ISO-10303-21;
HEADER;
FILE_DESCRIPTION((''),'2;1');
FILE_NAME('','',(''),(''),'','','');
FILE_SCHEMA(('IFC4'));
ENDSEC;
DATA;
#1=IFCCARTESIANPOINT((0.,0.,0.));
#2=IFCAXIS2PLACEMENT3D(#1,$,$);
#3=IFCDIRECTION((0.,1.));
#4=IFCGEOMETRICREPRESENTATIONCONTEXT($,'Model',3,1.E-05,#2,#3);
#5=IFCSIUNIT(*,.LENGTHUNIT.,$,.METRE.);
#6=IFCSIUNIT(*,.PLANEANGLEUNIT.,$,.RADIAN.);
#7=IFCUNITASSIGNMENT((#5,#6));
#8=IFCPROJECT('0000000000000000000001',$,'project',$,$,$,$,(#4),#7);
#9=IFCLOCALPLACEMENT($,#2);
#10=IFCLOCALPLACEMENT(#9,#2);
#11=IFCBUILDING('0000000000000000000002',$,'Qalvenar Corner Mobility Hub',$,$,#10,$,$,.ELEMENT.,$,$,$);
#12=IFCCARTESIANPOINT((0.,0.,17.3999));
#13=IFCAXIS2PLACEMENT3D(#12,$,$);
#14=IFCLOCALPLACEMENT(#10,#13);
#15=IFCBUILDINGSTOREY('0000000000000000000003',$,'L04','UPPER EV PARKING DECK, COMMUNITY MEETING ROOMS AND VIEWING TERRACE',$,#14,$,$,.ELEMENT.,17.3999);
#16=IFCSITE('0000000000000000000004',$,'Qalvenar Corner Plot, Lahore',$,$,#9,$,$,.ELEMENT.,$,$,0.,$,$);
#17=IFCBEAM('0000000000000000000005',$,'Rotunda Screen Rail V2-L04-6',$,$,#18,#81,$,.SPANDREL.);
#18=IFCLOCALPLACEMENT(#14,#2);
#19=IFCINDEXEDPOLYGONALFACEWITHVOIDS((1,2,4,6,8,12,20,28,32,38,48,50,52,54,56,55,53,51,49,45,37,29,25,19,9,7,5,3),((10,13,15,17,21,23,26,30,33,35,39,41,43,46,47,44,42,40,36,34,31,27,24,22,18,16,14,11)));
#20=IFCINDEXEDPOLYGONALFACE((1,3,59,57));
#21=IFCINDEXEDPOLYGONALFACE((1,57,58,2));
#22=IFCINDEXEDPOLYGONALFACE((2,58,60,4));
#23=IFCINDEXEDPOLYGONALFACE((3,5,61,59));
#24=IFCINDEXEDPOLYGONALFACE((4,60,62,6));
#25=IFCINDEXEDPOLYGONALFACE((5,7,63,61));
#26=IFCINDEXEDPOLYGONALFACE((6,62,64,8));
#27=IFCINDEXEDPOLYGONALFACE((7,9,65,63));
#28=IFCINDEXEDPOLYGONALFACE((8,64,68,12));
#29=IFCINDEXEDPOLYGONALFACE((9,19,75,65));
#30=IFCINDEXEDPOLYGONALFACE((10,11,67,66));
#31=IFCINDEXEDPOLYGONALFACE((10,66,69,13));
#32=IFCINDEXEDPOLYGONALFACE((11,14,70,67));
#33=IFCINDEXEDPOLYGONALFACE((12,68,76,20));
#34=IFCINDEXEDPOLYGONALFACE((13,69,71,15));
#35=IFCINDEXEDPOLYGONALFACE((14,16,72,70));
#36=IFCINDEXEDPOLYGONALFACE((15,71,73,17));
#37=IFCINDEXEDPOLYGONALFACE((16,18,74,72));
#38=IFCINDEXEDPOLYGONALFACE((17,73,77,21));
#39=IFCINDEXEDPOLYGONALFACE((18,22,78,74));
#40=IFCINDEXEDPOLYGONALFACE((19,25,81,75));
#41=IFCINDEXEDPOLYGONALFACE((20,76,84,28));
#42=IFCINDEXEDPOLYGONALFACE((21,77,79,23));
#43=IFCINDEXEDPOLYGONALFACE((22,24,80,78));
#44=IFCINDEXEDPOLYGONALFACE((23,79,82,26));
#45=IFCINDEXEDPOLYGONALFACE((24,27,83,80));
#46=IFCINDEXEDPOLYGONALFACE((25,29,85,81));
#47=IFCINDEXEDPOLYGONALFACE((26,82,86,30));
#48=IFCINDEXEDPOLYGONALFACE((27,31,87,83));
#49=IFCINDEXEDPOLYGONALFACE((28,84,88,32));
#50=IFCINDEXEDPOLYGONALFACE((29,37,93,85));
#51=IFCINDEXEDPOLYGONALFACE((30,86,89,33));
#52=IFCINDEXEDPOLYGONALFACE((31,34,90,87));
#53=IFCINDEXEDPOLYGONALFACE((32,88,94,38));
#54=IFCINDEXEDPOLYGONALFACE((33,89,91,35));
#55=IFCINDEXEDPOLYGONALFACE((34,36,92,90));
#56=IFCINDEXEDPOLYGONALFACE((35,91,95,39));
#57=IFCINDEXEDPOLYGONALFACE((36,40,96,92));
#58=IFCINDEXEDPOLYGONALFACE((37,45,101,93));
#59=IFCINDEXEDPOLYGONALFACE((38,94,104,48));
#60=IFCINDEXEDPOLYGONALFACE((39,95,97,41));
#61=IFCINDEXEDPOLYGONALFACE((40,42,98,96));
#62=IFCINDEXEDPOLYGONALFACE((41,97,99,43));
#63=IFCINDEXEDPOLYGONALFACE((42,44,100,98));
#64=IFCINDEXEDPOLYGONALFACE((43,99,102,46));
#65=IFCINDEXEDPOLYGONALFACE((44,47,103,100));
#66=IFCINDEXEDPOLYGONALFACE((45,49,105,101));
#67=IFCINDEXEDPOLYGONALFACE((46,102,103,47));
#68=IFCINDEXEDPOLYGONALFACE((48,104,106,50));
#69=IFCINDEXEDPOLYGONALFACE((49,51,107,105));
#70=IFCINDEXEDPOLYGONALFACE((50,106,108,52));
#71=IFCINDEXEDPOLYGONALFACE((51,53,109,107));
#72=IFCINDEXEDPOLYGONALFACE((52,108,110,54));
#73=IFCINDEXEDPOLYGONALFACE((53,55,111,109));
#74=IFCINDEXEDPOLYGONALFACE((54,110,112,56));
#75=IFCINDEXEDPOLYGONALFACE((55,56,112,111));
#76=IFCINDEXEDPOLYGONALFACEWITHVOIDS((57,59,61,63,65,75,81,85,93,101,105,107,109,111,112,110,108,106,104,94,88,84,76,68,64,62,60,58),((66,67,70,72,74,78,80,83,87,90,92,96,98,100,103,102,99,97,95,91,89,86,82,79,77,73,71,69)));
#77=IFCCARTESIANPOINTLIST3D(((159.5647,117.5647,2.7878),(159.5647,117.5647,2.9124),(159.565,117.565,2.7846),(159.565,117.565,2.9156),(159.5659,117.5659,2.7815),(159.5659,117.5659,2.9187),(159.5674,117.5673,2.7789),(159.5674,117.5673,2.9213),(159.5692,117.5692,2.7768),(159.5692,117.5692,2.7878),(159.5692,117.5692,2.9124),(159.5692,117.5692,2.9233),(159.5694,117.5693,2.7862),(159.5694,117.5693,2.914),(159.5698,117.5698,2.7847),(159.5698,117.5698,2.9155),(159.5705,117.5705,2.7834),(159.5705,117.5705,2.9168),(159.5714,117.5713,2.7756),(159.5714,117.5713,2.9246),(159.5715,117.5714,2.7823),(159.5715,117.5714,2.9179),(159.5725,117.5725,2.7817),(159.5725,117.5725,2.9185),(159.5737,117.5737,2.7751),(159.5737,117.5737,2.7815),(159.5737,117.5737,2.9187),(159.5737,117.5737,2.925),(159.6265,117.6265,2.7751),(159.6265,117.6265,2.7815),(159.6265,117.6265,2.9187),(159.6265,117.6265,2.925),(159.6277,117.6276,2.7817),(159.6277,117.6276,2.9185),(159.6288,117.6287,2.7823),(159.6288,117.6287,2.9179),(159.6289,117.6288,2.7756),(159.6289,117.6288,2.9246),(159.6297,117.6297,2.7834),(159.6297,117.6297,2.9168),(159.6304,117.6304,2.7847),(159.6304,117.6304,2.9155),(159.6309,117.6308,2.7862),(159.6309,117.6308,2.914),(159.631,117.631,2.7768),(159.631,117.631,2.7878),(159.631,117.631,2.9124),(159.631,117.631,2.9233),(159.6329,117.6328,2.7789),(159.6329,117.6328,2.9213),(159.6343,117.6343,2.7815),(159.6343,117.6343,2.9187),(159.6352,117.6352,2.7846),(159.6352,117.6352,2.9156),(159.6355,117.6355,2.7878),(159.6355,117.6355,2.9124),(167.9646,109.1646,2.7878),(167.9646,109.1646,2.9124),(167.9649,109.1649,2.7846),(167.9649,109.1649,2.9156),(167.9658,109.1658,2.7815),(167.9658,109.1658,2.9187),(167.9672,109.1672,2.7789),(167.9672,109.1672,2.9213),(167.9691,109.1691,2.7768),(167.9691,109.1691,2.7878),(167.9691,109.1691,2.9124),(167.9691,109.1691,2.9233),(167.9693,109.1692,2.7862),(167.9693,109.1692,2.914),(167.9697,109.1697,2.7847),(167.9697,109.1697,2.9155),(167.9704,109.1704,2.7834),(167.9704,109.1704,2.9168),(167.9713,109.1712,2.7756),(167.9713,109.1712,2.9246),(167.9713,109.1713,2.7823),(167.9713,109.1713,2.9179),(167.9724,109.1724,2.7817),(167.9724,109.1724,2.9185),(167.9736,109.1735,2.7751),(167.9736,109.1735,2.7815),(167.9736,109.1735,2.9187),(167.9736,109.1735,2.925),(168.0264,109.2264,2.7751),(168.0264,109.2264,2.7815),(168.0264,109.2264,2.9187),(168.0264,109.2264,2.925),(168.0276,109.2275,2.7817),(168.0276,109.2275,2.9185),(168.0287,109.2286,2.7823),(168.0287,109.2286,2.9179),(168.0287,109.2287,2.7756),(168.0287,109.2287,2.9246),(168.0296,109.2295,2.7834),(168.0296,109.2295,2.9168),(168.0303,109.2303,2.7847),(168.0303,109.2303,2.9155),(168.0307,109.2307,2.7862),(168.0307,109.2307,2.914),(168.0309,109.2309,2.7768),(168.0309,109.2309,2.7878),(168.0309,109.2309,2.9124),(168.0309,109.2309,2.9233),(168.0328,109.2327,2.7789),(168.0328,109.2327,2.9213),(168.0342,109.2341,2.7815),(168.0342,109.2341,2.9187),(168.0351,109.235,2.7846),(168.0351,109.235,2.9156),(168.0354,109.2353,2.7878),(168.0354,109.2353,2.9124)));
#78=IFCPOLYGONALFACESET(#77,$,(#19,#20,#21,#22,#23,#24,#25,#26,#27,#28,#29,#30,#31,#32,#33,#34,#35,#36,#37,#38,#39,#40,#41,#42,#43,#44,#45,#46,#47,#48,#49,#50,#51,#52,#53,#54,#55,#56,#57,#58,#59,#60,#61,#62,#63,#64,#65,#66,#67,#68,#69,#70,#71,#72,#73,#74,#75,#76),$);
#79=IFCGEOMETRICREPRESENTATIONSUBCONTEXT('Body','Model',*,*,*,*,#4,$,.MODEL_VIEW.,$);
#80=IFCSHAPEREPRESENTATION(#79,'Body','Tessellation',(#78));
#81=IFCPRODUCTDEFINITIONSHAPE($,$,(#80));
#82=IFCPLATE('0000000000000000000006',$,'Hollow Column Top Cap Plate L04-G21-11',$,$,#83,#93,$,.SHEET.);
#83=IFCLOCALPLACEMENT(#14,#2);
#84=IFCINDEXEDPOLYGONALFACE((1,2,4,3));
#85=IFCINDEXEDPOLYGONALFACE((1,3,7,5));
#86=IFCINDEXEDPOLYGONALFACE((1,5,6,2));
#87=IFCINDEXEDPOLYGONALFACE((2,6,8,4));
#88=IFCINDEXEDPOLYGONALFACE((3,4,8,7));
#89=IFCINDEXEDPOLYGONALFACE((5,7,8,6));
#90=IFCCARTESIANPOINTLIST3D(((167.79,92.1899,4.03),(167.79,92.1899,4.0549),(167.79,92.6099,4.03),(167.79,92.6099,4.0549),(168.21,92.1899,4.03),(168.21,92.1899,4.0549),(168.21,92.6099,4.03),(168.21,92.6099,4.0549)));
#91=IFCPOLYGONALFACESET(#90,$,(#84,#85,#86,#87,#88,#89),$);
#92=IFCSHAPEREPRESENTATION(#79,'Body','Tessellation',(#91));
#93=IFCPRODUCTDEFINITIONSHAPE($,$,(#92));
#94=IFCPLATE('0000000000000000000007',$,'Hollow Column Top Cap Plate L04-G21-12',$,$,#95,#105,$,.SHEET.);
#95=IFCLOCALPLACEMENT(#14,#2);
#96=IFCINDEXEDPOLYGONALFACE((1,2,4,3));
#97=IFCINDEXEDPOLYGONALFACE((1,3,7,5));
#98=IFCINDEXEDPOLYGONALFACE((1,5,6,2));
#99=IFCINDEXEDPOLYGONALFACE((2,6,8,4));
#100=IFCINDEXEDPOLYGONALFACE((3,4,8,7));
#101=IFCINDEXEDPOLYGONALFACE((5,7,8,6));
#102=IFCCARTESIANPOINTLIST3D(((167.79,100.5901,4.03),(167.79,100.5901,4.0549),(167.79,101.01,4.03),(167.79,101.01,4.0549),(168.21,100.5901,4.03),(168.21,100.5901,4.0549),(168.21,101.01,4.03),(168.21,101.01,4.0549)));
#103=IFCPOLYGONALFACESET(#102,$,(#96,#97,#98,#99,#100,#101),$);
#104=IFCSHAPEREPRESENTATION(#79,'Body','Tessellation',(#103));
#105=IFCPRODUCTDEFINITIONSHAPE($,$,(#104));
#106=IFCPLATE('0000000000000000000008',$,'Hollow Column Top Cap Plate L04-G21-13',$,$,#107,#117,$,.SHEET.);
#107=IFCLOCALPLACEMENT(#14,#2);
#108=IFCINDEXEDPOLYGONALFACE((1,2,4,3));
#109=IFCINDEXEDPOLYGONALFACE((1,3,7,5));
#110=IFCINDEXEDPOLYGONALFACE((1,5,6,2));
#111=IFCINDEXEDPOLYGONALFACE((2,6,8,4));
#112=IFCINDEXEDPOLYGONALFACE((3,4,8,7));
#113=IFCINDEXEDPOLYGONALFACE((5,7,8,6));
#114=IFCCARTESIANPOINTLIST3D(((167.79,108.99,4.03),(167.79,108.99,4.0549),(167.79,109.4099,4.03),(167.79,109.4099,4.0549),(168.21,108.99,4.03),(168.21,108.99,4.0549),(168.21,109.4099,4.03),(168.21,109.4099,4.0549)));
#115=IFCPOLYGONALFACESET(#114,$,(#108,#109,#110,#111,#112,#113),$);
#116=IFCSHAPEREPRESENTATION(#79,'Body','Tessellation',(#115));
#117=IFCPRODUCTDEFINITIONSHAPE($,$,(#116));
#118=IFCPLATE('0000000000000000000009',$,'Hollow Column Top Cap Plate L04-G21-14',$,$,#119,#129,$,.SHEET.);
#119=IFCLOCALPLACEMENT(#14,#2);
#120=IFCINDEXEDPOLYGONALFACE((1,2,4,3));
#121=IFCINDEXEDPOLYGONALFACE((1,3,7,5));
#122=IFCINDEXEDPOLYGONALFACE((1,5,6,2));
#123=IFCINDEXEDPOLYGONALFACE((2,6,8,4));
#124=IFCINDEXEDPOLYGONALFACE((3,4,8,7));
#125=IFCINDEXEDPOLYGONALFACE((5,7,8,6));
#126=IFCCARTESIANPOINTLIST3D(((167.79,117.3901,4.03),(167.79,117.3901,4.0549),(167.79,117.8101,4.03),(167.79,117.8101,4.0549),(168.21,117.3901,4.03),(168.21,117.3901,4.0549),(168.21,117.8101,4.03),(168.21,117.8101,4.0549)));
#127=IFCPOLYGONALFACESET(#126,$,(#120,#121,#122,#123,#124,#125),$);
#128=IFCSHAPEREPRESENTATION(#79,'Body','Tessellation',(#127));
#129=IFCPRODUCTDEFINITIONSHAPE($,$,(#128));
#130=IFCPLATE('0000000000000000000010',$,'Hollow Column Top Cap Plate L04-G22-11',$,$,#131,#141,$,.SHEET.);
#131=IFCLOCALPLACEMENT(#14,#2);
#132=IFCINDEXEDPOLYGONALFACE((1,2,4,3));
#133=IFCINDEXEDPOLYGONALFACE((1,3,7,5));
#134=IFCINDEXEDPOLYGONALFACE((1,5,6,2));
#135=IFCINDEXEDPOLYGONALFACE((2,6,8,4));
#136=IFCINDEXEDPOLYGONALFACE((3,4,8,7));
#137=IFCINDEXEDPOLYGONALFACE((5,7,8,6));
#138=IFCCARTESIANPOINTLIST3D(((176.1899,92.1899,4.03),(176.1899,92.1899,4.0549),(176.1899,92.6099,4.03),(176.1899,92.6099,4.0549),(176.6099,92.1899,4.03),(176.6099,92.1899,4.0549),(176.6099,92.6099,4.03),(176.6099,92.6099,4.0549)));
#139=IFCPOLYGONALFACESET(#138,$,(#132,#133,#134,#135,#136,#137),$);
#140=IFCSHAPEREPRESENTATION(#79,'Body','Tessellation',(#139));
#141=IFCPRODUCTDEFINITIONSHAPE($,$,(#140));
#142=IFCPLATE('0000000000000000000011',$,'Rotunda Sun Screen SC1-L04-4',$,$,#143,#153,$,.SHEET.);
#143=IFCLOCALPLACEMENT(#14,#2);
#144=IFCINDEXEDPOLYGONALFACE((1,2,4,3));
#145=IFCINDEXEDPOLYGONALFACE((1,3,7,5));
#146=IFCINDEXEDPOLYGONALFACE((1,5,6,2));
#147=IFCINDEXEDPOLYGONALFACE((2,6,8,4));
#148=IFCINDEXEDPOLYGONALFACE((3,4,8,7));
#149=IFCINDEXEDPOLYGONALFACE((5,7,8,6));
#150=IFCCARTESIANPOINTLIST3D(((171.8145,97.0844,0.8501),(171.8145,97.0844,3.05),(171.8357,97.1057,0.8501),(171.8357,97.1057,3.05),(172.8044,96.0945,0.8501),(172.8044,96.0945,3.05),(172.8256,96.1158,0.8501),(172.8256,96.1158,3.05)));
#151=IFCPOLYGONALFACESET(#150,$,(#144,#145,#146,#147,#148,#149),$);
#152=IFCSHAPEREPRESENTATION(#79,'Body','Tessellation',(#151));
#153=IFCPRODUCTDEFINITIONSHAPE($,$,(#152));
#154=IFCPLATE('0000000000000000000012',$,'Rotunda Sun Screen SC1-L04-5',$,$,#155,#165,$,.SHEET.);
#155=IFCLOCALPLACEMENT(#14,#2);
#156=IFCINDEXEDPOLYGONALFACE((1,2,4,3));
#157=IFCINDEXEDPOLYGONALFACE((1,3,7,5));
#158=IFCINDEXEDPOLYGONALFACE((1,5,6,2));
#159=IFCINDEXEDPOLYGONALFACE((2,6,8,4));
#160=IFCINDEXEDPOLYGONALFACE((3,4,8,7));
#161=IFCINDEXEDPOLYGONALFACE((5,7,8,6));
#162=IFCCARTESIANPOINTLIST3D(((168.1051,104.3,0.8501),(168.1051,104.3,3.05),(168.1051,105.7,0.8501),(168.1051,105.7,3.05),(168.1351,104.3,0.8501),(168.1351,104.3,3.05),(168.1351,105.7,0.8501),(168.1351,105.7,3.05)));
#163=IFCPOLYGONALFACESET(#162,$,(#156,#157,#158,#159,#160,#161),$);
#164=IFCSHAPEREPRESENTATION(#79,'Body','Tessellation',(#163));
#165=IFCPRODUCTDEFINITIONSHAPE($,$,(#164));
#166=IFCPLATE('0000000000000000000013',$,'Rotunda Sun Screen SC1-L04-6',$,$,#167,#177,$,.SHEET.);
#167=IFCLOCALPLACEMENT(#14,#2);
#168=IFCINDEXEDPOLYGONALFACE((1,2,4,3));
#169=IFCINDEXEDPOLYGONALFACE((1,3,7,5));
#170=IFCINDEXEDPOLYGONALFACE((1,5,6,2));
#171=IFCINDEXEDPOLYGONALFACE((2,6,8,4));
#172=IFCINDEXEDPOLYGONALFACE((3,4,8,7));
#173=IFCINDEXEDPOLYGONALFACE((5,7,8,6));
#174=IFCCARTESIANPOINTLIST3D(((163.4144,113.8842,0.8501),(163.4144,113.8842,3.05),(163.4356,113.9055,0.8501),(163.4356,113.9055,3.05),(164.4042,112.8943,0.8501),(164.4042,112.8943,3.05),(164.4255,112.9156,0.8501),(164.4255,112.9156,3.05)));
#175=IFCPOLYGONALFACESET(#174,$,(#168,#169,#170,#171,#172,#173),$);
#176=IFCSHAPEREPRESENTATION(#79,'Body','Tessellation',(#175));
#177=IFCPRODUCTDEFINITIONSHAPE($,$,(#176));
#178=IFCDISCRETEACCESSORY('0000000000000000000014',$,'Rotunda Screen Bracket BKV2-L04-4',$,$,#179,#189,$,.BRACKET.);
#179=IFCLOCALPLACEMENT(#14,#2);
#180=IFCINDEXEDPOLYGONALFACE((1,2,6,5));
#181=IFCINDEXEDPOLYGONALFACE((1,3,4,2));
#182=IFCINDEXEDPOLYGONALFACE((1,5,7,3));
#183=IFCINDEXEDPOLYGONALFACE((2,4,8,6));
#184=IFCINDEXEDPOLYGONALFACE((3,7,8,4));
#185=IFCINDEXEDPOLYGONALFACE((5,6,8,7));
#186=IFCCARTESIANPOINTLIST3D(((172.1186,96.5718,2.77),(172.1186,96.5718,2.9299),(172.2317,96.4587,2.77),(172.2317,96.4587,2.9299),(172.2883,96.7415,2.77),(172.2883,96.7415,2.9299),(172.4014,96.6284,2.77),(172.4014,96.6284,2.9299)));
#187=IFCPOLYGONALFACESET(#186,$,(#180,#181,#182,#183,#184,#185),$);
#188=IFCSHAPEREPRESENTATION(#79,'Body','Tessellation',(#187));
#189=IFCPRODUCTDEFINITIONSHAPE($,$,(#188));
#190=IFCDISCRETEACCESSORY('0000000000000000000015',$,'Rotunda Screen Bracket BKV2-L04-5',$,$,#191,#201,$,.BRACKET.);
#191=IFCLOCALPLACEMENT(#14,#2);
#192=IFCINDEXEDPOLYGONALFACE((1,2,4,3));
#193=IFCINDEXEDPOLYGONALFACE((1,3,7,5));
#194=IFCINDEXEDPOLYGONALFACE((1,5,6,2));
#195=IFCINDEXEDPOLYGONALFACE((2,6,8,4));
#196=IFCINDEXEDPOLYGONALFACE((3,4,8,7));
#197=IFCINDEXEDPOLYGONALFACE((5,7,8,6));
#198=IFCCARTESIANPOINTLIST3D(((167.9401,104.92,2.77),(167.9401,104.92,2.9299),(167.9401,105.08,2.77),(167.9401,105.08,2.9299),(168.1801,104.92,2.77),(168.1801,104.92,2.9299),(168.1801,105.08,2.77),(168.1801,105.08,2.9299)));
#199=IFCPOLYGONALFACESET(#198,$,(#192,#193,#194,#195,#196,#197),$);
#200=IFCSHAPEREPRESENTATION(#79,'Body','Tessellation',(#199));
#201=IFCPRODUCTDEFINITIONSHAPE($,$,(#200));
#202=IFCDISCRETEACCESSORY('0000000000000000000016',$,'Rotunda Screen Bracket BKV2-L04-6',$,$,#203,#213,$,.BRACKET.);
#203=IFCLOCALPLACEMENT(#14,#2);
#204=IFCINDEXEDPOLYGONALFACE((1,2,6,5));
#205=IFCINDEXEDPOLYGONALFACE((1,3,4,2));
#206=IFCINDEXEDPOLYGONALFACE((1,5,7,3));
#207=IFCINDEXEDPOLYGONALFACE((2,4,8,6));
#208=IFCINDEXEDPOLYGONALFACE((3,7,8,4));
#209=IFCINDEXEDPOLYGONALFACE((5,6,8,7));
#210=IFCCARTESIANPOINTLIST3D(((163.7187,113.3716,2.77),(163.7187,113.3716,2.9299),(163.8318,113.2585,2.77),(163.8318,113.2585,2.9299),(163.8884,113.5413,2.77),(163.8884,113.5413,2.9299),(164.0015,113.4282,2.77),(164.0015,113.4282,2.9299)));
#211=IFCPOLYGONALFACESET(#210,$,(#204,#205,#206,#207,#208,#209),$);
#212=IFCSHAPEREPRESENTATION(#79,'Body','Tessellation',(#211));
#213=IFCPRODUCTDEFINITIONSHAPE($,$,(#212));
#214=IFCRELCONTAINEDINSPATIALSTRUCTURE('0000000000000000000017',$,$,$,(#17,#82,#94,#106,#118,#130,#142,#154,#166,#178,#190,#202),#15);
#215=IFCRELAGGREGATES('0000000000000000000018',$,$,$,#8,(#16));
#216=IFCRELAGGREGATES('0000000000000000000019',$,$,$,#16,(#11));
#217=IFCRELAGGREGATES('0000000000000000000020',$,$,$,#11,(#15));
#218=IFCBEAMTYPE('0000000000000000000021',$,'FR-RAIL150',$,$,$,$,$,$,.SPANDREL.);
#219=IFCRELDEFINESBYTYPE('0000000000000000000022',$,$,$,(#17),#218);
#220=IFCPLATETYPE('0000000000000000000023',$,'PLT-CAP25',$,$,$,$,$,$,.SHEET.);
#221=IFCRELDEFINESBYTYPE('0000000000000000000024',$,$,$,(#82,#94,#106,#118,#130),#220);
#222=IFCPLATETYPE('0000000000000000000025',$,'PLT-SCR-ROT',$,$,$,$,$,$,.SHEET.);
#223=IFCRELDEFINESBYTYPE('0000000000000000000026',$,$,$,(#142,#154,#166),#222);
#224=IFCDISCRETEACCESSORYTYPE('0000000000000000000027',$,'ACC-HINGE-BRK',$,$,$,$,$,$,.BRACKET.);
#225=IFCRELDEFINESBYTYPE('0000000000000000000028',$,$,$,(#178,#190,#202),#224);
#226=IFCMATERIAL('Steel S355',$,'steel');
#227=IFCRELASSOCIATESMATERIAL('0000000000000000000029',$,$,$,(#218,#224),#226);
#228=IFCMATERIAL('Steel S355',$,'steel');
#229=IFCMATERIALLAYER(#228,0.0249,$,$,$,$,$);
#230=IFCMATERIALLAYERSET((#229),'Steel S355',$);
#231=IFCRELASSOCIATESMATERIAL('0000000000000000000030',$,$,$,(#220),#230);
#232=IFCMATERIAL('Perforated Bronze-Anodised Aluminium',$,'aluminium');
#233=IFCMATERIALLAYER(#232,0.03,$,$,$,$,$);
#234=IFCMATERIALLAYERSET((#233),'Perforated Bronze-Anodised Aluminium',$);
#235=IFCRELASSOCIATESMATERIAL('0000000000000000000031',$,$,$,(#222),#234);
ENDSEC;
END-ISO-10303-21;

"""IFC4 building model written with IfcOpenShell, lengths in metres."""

from ifc_helpers import new_model, si_unit, direction, frame, origin, origin_2d, place, context, subcontext, project, spatial, rectangle, hollow_rectangle, extrude, material, layer, layer_set, material_profile, profile_set, type_object, element, save


model = new_model("IFC4")

# Units and contexts
model_context = context("Model", 3, precision=1e-05, world=origin(), true_north=direction((0.0, 1.0)))
body_context = subcontext(model_context, "Body", "Model", "MODEL_VIEW")
ifc_project = project(units=[si_unit("LENGTHUNIT", "METRE"), si_unit("PLANEANGLEUNIT", "RADIAN")], contexts=[model_context])

# Site, building, storey
site_placement = place(None, origin())
site = spatial("IfcSite", under=ifc_project, at=site_placement, Name="Qalvenar Corner Plot, Lahore", CompositionType="ELEMENT", RefElevation=0.0)
building_placement = place(site_placement, origin())
building = spatial("IfcBuilding", under=site, at=building_placement, Name="Qalvenar Corner Mobility Hub", CompositionType="ELEMENT")
storey_placement = place(building_placement, frame((0.0, 0.0, 17.3999)))
storey = spatial("IfcBuildingStorey", under=building, at=storey_placement, Name="L04", Description="UPPER EV PARKING DECK, COMMUNITY MEETING ROOMS AND VIEWING TERRACE", CompositionType="ELEMENT", Elevation=17.3999)

# Shared definitions
ifc_material_1 = material(Name="Steel S355", Category="steel")

# Beam
ifc_material_profile_1 = material_profile(ifc_material_1, hollow_rectangle(XDim=0.1001, YDim=0.1499, WallThickness=0.0063, InnerFilletRadius=0.0063, OuterFilletRadius=0.0127, at=origin_2d()), Name="RHS150x100x6.3")
ifc_profile_set_1 = profile_set([ifc_material_profile_1], Name="Steel S355")
beam_type_1 = type_object("IfcBeamType", Name="FR-RAIL150", PredefinedType="SPANDREL", material=ifc_profile_set_1)
beam_1_placement = place(storey_placement, frame((168.0, 109.2, 2.8501), z_axis=(-0.707097, 0.707117, 0.0), x_axis=(-0.707117, -0.707097, 0.0)))
element("IfcBeam", 1, at=beam_1_placement, inside=storey, type_object=beam_type_1, Name="Rotunda Screen Rail V2-L04-6", PredefinedType="SPANDREL", context=body_context, shape_type="SweptSolid", body=[
    extrude(hollow_rectangle(XDim=0.1001, YDim=0.1499, WallThickness=0.0063, InnerFilletRadius=0.0063, OuterFilletRadius=0.0127, at=origin_2d()), origin(), (0.0, 0.0, 1.0), 11.8794),
])

# Plates
ifc_material_2 = material(Name="Steel S355", Category="steel")
ifc_layer_1 = layer(ifc_material_2, 0.0249)
ifc_layer_set_1 = layer_set([ifc_layer_1], Name="Steel S355")
plate_type_1 = type_object("IfcPlateType", Name="PLT-CAP25", PredefinedType="SHEET", material=ifc_layer_set_1)
for number, where, z_axis, x_axis, name in (
    (2, (168.0, 92.3999, 4.03), (0.0, 0.0, 1.0), (1.0, 0.0, 0.0), "Hollow Column Top Cap Plate L04-G21-11"),
    (3, (168.0, 100.8, 4.03), (0.0, 0.0, 1.0), (1.0, 0.0, 0.0), "Hollow Column Top Cap Plate L04-G21-12"),
    (4, (168.0, 109.2, 4.03), (0.0, 0.0, 1.0), (1.0, 0.0, 0.0), "Hollow Column Top Cap Plate L04-G21-13"),
    (5, (168.0, 117.6001, 4.03), (0.0, 0.0, 1.0), (1.0, 0.0, 0.0), "Hollow Column Top Cap Plate L04-G21-14"),
    (6, (176.3999, 92.3999, 4.03), (0.0, 0.0, 1.0), (1.0, 0.0, 0.0), "Hollow Column Top Cap Plate L04-G22-11"),
):
    element("IfcPlate", number, at=place(storey_placement, frame(where, z_axis=z_axis, x_axis=x_axis)), inside=storey, type_object=plate_type_1, Name=name, PredefinedType="SHEET", context=body_context, shape_type="SweptSolid", body=[
        extrude(rectangle(XDim=0.4199, YDim=0.4199, at=origin_2d()), origin(), (0.0, 0.0, 1.0), 0.0249),
    ])
ifc_material_3 = material(Name="Perforated Bronze-Anodised Aluminium", Category="aluminium")
ifc_layer_2 = layer(ifc_material_3, 0.03)
ifc_layer_set_2 = layer_set([ifc_layer_2], Name="Perforated Bronze-Anodised Aluminium")
plate_type_2 = type_object("IfcPlateType", Name="PLT-SCR-ROT", PredefinedType="SHEET", material=ifc_layer_set_2)
for number, where, z_axis, x_axis, name in (
    (7, (172.3201, 96.6001, 0.8501), (0.0, 0.0, 1.0), (-0.707107, 0.707107, 0.0), "Rotunda Sun Screen SC1-L04-4"),
    (8, (168.1201, 105.0, 0.8501), (0.0, 0.0, 1.0), (0.0, 1.0, 0.0), "Rotunda Sun Screen SC1-L04-5"),
    (9, (163.9199, 113.3999, 0.8501), (0.0, 0.0, 1.0), (-0.707107, 0.707107, 0.0), "Rotunda Sun Screen SC1-L04-6"),
):
    element("IfcPlate", number, at=place(storey_placement, frame(where, z_axis=z_axis, x_axis=x_axis)), inside=storey, type_object=plate_type_2, Name=name, PredefinedType="SHEET", context=body_context, shape_type="SweptSolid", body=[
        extrude(rectangle(XDim=1.3999, YDim=0.03, at=origin_2d()), origin(), (0.0, 0.0, 1.0), 2.2),
    ])

# Discrete accessories
discrete_accessory_type = type_object("IfcDiscreteAccessoryType", Name="ACC-HINGE-BRK", PredefinedType="BRACKET", material=ifc_material_1)
for number, where, z_axis, x_axis, name in (
    (10, (172.26, 96.6001, 2.77), (0.0, 0.0, 1.0), (-0.707107, 0.707107, 0.0), "Rotunda Screen Bracket BKV2-L04-4"),
    (11, (168.0601, 105.0, 2.77), (0.0, 0.0, 1.0), (0.0, 1.0, 0.0), "Rotunda Screen Bracket BKV2-L04-5"),
    (12, (163.8601, 113.3999, 2.77), (0.0, 0.0, 1.0), (-0.707107, 0.707107, 0.0), "Rotunda Screen Bracket BKV2-L04-6"),
):
    element("IfcDiscreteAccessory", number, at=place(storey_placement, frame(where, z_axis=z_axis, x_axis=x_axis)), inside=storey, type_object=discrete_accessory_type, Name=name, PredefinedType="BRACKET", context=body_context, shape_type="SweptSolid", body=[
        extrude(rectangle(XDim=0.1599, YDim=0.24, at=origin_2d()), origin(), (0.0, 0.0, 1.0), 0.1599),
    ])

save(model, "model.ifc")
